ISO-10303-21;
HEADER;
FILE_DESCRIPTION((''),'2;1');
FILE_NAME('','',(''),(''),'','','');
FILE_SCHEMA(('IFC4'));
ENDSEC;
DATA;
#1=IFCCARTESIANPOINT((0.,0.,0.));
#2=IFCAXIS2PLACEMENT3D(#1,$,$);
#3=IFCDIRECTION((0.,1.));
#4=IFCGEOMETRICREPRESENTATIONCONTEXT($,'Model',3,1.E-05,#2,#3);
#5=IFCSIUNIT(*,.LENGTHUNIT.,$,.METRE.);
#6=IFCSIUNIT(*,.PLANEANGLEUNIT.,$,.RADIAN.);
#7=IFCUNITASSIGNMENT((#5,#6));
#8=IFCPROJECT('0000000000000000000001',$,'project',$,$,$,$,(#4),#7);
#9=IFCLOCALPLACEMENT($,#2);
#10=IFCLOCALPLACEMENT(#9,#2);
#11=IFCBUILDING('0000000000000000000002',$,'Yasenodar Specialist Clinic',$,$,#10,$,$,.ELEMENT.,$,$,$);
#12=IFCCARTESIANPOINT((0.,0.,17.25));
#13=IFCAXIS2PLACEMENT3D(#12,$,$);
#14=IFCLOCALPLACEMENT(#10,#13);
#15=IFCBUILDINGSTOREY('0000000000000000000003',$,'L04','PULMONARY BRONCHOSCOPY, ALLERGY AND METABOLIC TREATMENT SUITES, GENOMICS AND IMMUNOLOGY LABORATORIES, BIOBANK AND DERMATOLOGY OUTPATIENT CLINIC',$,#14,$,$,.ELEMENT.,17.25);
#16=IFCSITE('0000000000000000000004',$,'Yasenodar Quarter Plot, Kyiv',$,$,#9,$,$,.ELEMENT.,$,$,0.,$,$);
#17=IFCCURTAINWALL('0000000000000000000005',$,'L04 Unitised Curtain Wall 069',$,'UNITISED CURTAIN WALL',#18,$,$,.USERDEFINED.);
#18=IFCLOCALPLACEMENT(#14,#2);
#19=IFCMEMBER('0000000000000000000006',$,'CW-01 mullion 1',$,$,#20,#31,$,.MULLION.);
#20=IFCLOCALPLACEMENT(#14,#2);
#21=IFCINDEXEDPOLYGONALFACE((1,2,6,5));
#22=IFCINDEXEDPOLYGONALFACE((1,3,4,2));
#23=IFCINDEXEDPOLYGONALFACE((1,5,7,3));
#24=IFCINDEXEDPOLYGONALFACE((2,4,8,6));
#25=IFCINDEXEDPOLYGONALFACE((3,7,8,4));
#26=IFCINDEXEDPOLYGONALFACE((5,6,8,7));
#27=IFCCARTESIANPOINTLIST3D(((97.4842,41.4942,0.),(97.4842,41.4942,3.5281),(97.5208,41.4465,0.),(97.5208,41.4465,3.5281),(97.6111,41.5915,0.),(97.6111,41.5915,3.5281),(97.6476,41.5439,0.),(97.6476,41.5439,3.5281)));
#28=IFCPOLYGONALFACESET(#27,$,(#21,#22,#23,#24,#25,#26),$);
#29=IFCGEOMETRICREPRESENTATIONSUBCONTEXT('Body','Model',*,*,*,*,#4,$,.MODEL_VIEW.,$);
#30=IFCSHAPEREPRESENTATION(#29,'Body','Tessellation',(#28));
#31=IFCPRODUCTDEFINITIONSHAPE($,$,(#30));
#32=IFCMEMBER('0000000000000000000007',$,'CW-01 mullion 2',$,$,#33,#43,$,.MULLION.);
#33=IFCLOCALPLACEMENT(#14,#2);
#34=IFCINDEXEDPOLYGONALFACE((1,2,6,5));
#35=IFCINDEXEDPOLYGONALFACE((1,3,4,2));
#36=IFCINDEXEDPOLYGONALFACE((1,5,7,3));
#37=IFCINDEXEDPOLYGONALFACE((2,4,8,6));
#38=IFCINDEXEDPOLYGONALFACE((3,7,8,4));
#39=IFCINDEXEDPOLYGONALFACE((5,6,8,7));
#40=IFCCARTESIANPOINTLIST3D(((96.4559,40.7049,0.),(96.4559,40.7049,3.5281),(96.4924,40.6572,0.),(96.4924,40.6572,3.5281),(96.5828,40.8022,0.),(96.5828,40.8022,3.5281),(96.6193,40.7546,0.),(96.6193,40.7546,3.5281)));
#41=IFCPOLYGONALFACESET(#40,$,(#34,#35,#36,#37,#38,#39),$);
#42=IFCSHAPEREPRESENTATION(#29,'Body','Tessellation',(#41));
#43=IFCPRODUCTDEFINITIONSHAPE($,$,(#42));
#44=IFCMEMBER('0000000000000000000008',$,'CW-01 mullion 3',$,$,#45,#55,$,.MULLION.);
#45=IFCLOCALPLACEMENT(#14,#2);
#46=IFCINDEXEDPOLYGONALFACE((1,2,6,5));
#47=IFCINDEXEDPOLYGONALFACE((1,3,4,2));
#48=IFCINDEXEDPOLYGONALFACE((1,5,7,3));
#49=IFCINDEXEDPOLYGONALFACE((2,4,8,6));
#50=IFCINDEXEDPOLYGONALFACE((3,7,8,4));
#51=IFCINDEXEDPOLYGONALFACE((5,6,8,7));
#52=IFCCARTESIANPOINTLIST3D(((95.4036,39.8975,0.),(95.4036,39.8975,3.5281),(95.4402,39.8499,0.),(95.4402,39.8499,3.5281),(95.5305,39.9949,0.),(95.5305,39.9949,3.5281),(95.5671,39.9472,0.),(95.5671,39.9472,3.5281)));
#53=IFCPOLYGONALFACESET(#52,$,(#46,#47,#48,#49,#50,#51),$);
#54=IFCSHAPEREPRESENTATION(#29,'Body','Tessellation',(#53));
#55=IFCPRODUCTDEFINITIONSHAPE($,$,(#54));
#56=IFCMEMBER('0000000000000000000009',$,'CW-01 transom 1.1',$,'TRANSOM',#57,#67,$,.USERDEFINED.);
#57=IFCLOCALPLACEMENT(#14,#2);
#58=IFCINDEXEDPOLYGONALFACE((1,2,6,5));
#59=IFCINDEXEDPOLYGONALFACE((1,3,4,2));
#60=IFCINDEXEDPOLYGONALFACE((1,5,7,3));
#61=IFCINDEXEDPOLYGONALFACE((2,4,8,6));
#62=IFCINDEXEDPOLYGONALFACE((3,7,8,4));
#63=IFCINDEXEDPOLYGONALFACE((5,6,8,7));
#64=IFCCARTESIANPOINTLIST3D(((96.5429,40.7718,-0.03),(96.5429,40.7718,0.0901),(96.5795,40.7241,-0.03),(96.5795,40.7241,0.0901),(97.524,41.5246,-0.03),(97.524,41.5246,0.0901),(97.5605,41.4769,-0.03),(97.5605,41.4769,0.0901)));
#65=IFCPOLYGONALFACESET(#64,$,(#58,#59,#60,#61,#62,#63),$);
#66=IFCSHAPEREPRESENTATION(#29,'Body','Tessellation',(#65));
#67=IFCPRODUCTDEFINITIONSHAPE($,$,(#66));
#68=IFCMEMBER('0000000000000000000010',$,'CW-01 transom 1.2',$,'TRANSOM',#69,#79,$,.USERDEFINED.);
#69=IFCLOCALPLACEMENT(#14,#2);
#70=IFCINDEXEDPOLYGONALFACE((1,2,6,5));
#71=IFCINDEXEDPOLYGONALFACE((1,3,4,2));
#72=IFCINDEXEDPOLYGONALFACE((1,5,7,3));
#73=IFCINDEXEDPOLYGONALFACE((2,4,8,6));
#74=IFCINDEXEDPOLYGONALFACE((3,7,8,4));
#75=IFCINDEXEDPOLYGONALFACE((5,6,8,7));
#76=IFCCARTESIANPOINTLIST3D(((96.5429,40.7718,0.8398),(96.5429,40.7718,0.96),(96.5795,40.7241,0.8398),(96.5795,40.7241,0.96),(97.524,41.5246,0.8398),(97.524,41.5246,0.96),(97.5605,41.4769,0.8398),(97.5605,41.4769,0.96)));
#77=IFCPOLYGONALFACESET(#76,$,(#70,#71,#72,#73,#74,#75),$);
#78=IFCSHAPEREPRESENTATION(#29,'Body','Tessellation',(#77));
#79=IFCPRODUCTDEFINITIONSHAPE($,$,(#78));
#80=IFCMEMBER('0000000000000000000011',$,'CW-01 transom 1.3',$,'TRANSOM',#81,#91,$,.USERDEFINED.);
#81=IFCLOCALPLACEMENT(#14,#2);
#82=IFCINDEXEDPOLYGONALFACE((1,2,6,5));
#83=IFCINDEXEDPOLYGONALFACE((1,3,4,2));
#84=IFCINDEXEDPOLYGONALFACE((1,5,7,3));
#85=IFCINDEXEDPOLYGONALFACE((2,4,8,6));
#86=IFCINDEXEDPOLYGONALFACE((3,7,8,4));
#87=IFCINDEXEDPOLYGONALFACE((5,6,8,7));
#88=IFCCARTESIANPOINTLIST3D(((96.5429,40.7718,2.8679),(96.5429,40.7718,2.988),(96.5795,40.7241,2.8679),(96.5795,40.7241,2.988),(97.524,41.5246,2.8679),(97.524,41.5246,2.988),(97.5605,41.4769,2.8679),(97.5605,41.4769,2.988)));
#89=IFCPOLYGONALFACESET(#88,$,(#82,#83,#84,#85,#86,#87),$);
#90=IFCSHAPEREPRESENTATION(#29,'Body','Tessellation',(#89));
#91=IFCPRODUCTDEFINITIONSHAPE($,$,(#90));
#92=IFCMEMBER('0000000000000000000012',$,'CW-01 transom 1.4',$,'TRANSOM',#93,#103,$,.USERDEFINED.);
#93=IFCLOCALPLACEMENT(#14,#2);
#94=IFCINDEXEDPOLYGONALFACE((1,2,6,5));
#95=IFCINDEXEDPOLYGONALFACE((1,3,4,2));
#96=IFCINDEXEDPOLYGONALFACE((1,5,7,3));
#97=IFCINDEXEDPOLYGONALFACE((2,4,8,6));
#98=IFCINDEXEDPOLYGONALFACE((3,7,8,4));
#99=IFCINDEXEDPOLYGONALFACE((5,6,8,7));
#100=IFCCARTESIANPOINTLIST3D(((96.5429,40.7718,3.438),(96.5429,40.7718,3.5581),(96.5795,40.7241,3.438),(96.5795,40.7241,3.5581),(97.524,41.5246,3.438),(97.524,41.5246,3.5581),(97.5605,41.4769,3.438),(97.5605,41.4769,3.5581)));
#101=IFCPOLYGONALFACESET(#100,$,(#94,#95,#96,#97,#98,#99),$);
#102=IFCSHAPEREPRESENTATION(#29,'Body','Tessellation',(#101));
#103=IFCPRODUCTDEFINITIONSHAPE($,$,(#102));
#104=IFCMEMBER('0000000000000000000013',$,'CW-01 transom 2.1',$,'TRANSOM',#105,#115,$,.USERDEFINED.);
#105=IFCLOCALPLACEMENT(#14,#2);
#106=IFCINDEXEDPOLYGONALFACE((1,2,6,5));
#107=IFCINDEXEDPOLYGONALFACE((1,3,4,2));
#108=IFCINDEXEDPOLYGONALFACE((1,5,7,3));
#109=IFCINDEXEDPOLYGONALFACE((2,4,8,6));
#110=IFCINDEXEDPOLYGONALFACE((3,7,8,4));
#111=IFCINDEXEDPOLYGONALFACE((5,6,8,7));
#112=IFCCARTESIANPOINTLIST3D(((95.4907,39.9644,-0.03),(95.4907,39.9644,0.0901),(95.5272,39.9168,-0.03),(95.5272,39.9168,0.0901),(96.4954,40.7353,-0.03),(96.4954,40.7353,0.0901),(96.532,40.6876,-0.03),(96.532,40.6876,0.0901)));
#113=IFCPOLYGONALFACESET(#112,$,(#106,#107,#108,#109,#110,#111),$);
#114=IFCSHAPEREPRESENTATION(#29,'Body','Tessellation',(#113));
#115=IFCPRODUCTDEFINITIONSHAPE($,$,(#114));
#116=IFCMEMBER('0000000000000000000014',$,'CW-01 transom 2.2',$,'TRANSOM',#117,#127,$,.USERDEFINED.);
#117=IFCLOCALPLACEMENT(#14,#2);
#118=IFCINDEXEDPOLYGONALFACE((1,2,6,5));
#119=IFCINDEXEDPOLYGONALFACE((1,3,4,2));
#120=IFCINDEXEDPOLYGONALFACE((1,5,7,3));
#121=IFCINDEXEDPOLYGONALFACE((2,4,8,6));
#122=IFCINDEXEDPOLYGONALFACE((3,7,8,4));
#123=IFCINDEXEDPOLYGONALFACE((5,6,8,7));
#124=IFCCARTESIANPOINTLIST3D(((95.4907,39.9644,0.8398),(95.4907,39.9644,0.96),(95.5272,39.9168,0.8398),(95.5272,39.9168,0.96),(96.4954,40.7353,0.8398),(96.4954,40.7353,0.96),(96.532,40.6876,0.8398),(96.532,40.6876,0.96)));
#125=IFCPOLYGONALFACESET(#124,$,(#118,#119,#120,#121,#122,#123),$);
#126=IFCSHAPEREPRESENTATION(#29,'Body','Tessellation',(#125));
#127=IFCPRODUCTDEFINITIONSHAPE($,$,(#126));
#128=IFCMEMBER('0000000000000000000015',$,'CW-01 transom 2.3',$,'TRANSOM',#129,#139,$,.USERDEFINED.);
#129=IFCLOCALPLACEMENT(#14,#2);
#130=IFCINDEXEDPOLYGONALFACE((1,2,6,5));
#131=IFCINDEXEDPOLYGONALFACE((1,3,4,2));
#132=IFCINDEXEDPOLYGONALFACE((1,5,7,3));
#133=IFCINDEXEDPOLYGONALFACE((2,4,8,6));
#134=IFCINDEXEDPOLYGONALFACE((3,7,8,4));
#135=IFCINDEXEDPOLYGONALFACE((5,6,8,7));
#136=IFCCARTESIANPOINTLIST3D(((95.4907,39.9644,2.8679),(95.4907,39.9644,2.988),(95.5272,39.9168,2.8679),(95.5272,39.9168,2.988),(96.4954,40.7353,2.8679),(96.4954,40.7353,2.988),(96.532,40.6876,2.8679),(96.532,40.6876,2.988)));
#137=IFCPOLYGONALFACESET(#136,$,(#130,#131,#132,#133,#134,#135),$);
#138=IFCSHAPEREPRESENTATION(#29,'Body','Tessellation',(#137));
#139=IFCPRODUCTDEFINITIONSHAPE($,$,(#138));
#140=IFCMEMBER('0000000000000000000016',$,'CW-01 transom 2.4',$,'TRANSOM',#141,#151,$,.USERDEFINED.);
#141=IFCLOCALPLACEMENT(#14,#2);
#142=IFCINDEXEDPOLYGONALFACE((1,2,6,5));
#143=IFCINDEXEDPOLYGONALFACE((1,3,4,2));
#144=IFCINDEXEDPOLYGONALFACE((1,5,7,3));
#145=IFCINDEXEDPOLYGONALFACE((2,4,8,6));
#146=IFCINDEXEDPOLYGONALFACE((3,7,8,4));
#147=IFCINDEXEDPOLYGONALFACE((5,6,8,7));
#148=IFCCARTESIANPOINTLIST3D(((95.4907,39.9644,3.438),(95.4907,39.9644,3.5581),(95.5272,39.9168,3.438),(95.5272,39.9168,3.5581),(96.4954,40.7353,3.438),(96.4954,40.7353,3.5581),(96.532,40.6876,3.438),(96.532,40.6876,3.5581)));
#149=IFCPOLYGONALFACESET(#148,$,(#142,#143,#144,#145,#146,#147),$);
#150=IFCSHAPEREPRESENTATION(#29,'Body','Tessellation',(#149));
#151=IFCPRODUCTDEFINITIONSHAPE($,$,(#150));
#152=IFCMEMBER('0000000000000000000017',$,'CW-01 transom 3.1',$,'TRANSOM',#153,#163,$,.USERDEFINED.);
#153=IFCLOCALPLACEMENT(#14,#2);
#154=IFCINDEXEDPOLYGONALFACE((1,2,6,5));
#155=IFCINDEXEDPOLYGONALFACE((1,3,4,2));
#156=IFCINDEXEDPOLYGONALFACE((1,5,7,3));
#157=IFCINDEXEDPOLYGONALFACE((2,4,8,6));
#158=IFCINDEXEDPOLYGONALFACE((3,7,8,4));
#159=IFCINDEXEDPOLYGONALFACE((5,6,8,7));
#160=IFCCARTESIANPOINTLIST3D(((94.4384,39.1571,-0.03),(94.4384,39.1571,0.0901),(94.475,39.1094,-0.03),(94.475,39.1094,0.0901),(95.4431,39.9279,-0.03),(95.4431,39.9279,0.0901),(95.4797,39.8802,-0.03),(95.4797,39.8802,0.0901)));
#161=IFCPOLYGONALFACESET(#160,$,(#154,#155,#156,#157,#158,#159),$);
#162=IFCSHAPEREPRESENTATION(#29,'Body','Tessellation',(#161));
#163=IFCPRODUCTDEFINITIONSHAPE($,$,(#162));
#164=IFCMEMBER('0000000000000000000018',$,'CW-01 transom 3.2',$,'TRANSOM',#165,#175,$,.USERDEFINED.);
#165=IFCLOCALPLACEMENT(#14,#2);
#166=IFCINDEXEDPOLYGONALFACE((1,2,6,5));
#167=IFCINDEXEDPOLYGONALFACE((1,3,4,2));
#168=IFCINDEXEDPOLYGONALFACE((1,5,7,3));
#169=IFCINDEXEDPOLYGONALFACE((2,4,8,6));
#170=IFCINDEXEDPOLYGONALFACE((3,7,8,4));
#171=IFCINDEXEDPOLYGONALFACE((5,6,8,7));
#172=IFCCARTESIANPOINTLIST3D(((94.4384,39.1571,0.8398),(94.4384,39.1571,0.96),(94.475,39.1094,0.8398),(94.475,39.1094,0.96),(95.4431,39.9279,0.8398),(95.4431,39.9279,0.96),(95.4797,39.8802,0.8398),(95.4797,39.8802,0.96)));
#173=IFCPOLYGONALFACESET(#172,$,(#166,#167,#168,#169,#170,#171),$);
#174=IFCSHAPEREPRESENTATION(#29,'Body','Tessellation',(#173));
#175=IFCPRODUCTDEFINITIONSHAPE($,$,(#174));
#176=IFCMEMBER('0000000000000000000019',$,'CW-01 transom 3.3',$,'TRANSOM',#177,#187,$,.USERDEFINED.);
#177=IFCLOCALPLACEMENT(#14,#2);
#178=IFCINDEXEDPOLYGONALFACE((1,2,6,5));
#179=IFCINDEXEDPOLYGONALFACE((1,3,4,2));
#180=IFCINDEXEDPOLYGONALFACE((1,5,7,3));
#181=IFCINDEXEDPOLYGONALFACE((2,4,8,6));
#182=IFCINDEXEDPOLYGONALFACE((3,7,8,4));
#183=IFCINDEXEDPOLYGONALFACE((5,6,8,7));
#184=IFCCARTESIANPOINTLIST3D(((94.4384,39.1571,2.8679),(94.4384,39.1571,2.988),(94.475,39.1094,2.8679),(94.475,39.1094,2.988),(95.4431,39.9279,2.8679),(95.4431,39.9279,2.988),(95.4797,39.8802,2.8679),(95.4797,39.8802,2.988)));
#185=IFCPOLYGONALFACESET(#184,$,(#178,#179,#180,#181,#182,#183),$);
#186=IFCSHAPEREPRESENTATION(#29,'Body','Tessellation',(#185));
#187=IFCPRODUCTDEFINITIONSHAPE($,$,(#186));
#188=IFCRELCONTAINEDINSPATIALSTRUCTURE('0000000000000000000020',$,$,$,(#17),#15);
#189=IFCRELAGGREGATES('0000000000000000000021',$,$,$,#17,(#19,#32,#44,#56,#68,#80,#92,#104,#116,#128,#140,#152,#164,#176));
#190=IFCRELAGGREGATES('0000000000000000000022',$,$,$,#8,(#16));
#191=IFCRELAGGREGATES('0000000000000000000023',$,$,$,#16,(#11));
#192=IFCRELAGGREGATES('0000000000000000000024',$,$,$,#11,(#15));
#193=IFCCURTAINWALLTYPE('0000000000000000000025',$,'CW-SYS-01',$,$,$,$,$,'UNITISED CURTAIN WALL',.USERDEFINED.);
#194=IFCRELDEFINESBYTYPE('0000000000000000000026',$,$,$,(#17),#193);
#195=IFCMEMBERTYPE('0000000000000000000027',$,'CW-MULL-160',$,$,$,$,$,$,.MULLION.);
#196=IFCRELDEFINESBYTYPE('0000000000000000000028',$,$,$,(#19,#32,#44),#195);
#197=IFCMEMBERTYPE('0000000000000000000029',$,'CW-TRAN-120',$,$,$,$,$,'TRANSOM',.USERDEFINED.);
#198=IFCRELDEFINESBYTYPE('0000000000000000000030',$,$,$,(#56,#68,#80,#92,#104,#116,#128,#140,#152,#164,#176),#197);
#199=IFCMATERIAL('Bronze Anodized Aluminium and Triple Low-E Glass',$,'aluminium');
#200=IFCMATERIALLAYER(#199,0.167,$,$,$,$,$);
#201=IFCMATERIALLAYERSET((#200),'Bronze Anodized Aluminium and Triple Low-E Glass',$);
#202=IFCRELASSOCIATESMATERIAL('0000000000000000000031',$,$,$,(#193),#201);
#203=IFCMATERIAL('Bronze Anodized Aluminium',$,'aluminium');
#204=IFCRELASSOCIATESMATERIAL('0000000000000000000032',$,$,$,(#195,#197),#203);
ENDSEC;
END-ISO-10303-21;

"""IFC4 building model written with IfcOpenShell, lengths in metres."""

from ifc_helpers import new_model, si_unit, direction, frame, origin, origin_2d, place, context, subcontext, project, spatial, rectangle, extrude, material, layer, layer_set, material_profile, profile_set, type_object, element, aggregate, save


model = new_model("IFC4")

# Units and contexts
model_context = context("Model", 3, precision=1e-05, world=origin(), true_north=direction((0.0, 1.0)))
body_context = subcontext(model_context, "Body", "Model", "MODEL_VIEW")
ifc_project = project(units=[si_unit("LENGTHUNIT", "METRE"), si_unit("PLANEANGLEUNIT", "RADIAN")], contexts=[model_context])

# Site, building, storey
site_placement = place(None, origin())
site = spatial("IfcSite", under=ifc_project, at=site_placement, Name="Yasenodar Quarter Plot, Kyiv", CompositionType="ELEMENT", RefElevation=0.0)
building_placement = place(site_placement, origin())
building = spatial("IfcBuilding", under=site, at=building_placement, Name="Yasenodar Specialist Clinic", CompositionType="ELEMENT")
storey_placement = place(building_placement, frame((0.0, 0.0, 17.25)))
storey = spatial("IfcBuildingStorey", under=building, at=storey_placement, Name="L04", Description="PULMONARY BRONCHOSCOPY, ALLERGY AND METABOLIC TREATMENT SUITES, GENOMICS AND IMMUNOLOGY LABORATORIES, BIOBANK AND DERMATOLOGY OUTPATIENT CLINIC", CompositionType="ELEMENT", Elevation=17.25)

# Curtain wall, members
ifc_material_1 = material(Name="Bronze Anodized Aluminium and Triple Low-E Glass", Category="aluminium")
ifc_layer_1 = layer(ifc_material_1, 0.167)
ifc_layer_set_1 = layer_set([ifc_layer_1], Name="Bronze Anodized Aluminium and Triple Low-E Glass")
curtain_wall_type = type_object("IfcCurtainWallType", Name="CW-SYS-01", ElementType="UNITISED CURTAIN WALL", PredefinedType="USERDEFINED", material=ifc_layer_set_1)
curtain_wall_placement = place(storey_placement, origin())
curtain_wall = element("IfcCurtainWall", 1, at=curtain_wall_placement, inside=storey, type_object=curtain_wall_type, Name="L04 Unitised Curtain Wall 069", ObjectType="UNITISED CURTAIN WALL", PredefinedType="USERDEFINED")
ifc_material_2 = material(Name="Bronze Anodized Aluminium", Category="aluminium")
ifc_material_profile_1 = material_profile(ifc_material_2, rectangle(XDim=0.0601, YDim=0.1599, at=origin_2d()), Name="CW-MULL 60x160")
ifc_profile_set_1 = profile_set([ifc_material_profile_1], Name="Bronze Anodized Aluminium")
member_type_1 = type_object("IfcMemberType", Name="CW-MULL-160", PredefinedType="MULLION", material=ifc_profile_set_1)
member_1_placement = place(storey_placement, frame((97.5659, 41.519, 0.0), z_axis=(0.0, 0.0, 1.0), x_axis=(0.608752, -0.793361, 0.0)))
member_1 = element("IfcMember", 2, at=member_1_placement, type_object=member_type_1, Name="CW-01 mullion 1", PredefinedType="MULLION", context=body_context, shape_type="SweptSolid", body=[
    extrude(rectangle(XDim=0.0601, YDim=0.1599, at=origin_2d()), origin(), (0.0, 0.0, 1.0), 3.5281),
])
member_2_placement = place(storey_placement, frame((96.5376, 40.7297, 0.0), z_axis=(0.0, 0.0, 1.0), x_axis=(0.608752, -0.793361, 0.0)))
member_2 = element("IfcMember", 3, at=member_2_placement, type_object=member_type_1, Name="CW-01 mullion 2", PredefinedType="MULLION", context=body_context, shape_type="SweptSolid", body=[
    extrude(rectangle(XDim=0.0601, YDim=0.1599, at=origin_2d()), origin(), (0.0, 0.0, 1.0), 3.5281),
])
member_3_placement = place(storey_placement, frame((95.4854, 39.9224, 0.0), z_axis=(0.0, 0.0, 1.0), x_axis=(0.608752, -0.793361, 0.0)))
member_3 = element("IfcMember", 4, at=member_3_placement, type_object=member_type_1, Name="CW-01 mullion 3", PredefinedType="MULLION", context=body_context, shape_type="SweptSolid", body=[
    extrude(rectangle(XDim=0.0601, YDim=0.1599, at=origin_2d()), origin(), (0.0, 0.0, 1.0), 3.5281),
])
ifc_material_profile_2 = material_profile(ifc_material_2, rectangle(XDim=0.0601, YDim=0.1201, at=origin_2d()), Name="CW-TRAN 60x120")
ifc_profile_set_2 = profile_set([ifc_material_profile_2], Name="Bronze Anodized Aluminium")
member_type_2 = type_object("IfcMemberType", Name="CW-TRAN-120", ElementType="TRANSOM", PredefinedType="USERDEFINED", material=ifc_profile_set_2)
member_4_placement = place(storey_placement, frame((97.5422, 41.5007, 0.03), z_axis=(-0.793365, -0.608747, 0.0), x_axis=(0.608747, -0.793365, 0.0)))
member_4 = element("IfcMember", 5, at=member_4_placement, type_object=member_type_2, Name="CW-01 transom 1.1", ObjectType="TRANSOM", PredefinedType="USERDEFINED", context=body_context, shape_type="SweptSolid", body=[
    extrude(rectangle(XDim=0.0601, YDim=0.1201, at=origin_2d()), origin(), (0.0, 0.0, 1.0), 1.2366),
])
member_5_placement = place(storey_placement, frame((97.5422, 41.5007, 0.8999), z_axis=(-0.793365, -0.608747, 0.0), x_axis=(0.608747, -0.793365, 0.0)))
member_5 = element("IfcMember", 6, at=member_5_placement, type_object=member_type_2, Name="CW-01 transom 1.2", ObjectType="TRANSOM", PredefinedType="USERDEFINED", context=body_context, shape_type="SweptSolid", body=[
    extrude(rectangle(XDim=0.0601, YDim=0.1201, at=origin_2d()), origin(), (0.0, 0.0, 1.0), 1.2366),
])
member_6_placement = place(storey_placement, frame((97.5422, 41.5007, 2.928), z_axis=(-0.793365, -0.608747, 0.0), x_axis=(0.608747, -0.793365, 0.0)))
member_6 = element("IfcMember", 7, at=member_6_placement, type_object=member_type_2, Name="CW-01 transom 1.3", ObjectType="TRANSOM", PredefinedType="USERDEFINED", context=body_context, shape_type="SweptSolid", body=[
    extrude(rectangle(XDim=0.0601, YDim=0.1201, at=origin_2d()), origin(), (0.0, 0.0, 1.0), 1.2366),
])
member_7_placement = place(storey_placement, frame((97.5422, 41.5007, 3.498), z_axis=(-0.793365, -0.608747, 0.0), x_axis=(0.608747, -0.793365, 0.0)))
member_7 = element("IfcMember", 8, at=member_7_placement, type_object=member_type_2, Name="CW-01 transom 1.4", ObjectType="TRANSOM", PredefinedType="USERDEFINED", context=body_context, shape_type="SweptSolid", body=[
    extrude(rectangle(XDim=0.0601, YDim=0.1201, at=origin_2d()), origin(), (0.0, 0.0, 1.0), 1.2366),
])
member_8_placement = place(storey_placement, frame((96.5137, 40.7114, 0.03), z_axis=(-0.793405, -0.608695, 0.0), x_axis=(0.608695, -0.793405, 0.0)))
member_8 = element("IfcMember", 9, at=member_8_placement, type_object=member_type_2, Name="CW-01 transom 2.1", ObjectType="TRANSOM", PredefinedType="USERDEFINED", context=body_context, shape_type="SweptSolid", body=[
    extrude(rectangle(XDim=0.0601, YDim=0.1201, at=origin_2d()), origin(), (0.0, 0.0, 1.0), 1.2664),
])
member_9_placement = place(storey_placement, frame((96.5137, 40.7114, 0.8999), z_axis=(-0.793405, -0.608695, 0.0), x_axis=(0.608695, -0.793405, 0.0)))
member_9 = element("IfcMember", 10, at=member_9_placement, type_object=member_type_2, Name="CW-01 transom 2.2", ObjectType="TRANSOM", PredefinedType="USERDEFINED", context=body_context, shape_type="SweptSolid", body=[
    extrude(rectangle(XDim=0.0601, YDim=0.1201, at=origin_2d()), origin(), (0.0, 0.0, 1.0), 1.2664),
])
member_10_placement = place(storey_placement, frame((96.5137, 40.7114, 2.928), z_axis=(-0.793405, -0.608695, 0.0), x_axis=(0.608695, -0.793405, 0.0)))
member_10 = element("IfcMember", 11, at=member_10_placement, type_object=member_type_2, Name="CW-01 transom 2.3", ObjectType="TRANSOM", PredefinedType="USERDEFINED", context=body_context, shape_type="SweptSolid", body=[
    extrude(rectangle(XDim=0.0601, YDim=0.1201, at=origin_2d()), origin(), (0.0, 0.0, 1.0), 1.2664),
])
member_11_placement = place(storey_placement, frame((96.5137, 40.7114, 3.498), z_axis=(-0.793405, -0.608695, 0.0), x_axis=(0.608695, -0.793405, 0.0)))
member_11 = element("IfcMember", 12, at=member_11_placement, type_object=member_type_2, Name="CW-01 transom 2.4", ObjectType="TRANSOM", PredefinedType="USERDEFINED", context=body_context, shape_type="SweptSolid", body=[
    extrude(rectangle(XDim=0.0601, YDim=0.1201, at=origin_2d()), origin(), (0.0, 0.0, 1.0), 1.2664),
])
member_12_placement = place(storey_placement, frame((95.4614, 39.9041, 0.03), z_axis=(-0.793405, -0.608695, 0.0), x_axis=(0.608695, -0.793405, 0.0)))
member_12 = element("IfcMember", 13, at=member_12_placement, type_object=member_type_2, Name="CW-01 transom 3.1", ObjectType="TRANSOM", PredefinedType="USERDEFINED", context=body_context, shape_type="SweptSolid", body=[
    extrude(rectangle(XDim=0.0601, YDim=0.1201, at=origin_2d()), origin(), (0.0, 0.0, 1.0), 1.2664),
])
member_13_placement = place(storey_placement, frame((95.4614, 39.9041, 0.8999), z_axis=(-0.793405, -0.608695, 0.0), x_axis=(0.608695, -0.793405, 0.0)))
member_13 = element("IfcMember", 14, at=member_13_placement, type_object=member_type_2, Name="CW-01 transom 3.2", ObjectType="TRANSOM", PredefinedType="USERDEFINED", context=body_context, shape_type="SweptSolid", body=[
    extrude(rectangle(XDim=0.0601, YDim=0.1201, at=origin_2d()), origin(), (0.0, 0.0, 1.0), 1.2664),
])
member_14_placement = place(storey_placement, frame((95.4614, 39.9041, 2.928), z_axis=(-0.793405, -0.608695, 0.0), x_axis=(0.608695, -0.793405, 0.0)))
member_14 = element("IfcMember", 15, at=member_14_placement, type_object=member_type_2, Name="CW-01 transom 3.3", ObjectType="TRANSOM", PredefinedType="USERDEFINED", context=body_context, shape_type="SweptSolid", body=[
    extrude(rectangle(XDim=0.0601, YDim=0.1201, at=origin_2d()), origin(), (0.0, 0.0, 1.0), 1.2664),
])
aggregate(curtain_wall, [member_1, member_2, member_3, member_4, member_5, member_6, member_7, member_8, member_9, member_10, member_11, member_12, member_13, member_14])

save(model, "model.ifc")
